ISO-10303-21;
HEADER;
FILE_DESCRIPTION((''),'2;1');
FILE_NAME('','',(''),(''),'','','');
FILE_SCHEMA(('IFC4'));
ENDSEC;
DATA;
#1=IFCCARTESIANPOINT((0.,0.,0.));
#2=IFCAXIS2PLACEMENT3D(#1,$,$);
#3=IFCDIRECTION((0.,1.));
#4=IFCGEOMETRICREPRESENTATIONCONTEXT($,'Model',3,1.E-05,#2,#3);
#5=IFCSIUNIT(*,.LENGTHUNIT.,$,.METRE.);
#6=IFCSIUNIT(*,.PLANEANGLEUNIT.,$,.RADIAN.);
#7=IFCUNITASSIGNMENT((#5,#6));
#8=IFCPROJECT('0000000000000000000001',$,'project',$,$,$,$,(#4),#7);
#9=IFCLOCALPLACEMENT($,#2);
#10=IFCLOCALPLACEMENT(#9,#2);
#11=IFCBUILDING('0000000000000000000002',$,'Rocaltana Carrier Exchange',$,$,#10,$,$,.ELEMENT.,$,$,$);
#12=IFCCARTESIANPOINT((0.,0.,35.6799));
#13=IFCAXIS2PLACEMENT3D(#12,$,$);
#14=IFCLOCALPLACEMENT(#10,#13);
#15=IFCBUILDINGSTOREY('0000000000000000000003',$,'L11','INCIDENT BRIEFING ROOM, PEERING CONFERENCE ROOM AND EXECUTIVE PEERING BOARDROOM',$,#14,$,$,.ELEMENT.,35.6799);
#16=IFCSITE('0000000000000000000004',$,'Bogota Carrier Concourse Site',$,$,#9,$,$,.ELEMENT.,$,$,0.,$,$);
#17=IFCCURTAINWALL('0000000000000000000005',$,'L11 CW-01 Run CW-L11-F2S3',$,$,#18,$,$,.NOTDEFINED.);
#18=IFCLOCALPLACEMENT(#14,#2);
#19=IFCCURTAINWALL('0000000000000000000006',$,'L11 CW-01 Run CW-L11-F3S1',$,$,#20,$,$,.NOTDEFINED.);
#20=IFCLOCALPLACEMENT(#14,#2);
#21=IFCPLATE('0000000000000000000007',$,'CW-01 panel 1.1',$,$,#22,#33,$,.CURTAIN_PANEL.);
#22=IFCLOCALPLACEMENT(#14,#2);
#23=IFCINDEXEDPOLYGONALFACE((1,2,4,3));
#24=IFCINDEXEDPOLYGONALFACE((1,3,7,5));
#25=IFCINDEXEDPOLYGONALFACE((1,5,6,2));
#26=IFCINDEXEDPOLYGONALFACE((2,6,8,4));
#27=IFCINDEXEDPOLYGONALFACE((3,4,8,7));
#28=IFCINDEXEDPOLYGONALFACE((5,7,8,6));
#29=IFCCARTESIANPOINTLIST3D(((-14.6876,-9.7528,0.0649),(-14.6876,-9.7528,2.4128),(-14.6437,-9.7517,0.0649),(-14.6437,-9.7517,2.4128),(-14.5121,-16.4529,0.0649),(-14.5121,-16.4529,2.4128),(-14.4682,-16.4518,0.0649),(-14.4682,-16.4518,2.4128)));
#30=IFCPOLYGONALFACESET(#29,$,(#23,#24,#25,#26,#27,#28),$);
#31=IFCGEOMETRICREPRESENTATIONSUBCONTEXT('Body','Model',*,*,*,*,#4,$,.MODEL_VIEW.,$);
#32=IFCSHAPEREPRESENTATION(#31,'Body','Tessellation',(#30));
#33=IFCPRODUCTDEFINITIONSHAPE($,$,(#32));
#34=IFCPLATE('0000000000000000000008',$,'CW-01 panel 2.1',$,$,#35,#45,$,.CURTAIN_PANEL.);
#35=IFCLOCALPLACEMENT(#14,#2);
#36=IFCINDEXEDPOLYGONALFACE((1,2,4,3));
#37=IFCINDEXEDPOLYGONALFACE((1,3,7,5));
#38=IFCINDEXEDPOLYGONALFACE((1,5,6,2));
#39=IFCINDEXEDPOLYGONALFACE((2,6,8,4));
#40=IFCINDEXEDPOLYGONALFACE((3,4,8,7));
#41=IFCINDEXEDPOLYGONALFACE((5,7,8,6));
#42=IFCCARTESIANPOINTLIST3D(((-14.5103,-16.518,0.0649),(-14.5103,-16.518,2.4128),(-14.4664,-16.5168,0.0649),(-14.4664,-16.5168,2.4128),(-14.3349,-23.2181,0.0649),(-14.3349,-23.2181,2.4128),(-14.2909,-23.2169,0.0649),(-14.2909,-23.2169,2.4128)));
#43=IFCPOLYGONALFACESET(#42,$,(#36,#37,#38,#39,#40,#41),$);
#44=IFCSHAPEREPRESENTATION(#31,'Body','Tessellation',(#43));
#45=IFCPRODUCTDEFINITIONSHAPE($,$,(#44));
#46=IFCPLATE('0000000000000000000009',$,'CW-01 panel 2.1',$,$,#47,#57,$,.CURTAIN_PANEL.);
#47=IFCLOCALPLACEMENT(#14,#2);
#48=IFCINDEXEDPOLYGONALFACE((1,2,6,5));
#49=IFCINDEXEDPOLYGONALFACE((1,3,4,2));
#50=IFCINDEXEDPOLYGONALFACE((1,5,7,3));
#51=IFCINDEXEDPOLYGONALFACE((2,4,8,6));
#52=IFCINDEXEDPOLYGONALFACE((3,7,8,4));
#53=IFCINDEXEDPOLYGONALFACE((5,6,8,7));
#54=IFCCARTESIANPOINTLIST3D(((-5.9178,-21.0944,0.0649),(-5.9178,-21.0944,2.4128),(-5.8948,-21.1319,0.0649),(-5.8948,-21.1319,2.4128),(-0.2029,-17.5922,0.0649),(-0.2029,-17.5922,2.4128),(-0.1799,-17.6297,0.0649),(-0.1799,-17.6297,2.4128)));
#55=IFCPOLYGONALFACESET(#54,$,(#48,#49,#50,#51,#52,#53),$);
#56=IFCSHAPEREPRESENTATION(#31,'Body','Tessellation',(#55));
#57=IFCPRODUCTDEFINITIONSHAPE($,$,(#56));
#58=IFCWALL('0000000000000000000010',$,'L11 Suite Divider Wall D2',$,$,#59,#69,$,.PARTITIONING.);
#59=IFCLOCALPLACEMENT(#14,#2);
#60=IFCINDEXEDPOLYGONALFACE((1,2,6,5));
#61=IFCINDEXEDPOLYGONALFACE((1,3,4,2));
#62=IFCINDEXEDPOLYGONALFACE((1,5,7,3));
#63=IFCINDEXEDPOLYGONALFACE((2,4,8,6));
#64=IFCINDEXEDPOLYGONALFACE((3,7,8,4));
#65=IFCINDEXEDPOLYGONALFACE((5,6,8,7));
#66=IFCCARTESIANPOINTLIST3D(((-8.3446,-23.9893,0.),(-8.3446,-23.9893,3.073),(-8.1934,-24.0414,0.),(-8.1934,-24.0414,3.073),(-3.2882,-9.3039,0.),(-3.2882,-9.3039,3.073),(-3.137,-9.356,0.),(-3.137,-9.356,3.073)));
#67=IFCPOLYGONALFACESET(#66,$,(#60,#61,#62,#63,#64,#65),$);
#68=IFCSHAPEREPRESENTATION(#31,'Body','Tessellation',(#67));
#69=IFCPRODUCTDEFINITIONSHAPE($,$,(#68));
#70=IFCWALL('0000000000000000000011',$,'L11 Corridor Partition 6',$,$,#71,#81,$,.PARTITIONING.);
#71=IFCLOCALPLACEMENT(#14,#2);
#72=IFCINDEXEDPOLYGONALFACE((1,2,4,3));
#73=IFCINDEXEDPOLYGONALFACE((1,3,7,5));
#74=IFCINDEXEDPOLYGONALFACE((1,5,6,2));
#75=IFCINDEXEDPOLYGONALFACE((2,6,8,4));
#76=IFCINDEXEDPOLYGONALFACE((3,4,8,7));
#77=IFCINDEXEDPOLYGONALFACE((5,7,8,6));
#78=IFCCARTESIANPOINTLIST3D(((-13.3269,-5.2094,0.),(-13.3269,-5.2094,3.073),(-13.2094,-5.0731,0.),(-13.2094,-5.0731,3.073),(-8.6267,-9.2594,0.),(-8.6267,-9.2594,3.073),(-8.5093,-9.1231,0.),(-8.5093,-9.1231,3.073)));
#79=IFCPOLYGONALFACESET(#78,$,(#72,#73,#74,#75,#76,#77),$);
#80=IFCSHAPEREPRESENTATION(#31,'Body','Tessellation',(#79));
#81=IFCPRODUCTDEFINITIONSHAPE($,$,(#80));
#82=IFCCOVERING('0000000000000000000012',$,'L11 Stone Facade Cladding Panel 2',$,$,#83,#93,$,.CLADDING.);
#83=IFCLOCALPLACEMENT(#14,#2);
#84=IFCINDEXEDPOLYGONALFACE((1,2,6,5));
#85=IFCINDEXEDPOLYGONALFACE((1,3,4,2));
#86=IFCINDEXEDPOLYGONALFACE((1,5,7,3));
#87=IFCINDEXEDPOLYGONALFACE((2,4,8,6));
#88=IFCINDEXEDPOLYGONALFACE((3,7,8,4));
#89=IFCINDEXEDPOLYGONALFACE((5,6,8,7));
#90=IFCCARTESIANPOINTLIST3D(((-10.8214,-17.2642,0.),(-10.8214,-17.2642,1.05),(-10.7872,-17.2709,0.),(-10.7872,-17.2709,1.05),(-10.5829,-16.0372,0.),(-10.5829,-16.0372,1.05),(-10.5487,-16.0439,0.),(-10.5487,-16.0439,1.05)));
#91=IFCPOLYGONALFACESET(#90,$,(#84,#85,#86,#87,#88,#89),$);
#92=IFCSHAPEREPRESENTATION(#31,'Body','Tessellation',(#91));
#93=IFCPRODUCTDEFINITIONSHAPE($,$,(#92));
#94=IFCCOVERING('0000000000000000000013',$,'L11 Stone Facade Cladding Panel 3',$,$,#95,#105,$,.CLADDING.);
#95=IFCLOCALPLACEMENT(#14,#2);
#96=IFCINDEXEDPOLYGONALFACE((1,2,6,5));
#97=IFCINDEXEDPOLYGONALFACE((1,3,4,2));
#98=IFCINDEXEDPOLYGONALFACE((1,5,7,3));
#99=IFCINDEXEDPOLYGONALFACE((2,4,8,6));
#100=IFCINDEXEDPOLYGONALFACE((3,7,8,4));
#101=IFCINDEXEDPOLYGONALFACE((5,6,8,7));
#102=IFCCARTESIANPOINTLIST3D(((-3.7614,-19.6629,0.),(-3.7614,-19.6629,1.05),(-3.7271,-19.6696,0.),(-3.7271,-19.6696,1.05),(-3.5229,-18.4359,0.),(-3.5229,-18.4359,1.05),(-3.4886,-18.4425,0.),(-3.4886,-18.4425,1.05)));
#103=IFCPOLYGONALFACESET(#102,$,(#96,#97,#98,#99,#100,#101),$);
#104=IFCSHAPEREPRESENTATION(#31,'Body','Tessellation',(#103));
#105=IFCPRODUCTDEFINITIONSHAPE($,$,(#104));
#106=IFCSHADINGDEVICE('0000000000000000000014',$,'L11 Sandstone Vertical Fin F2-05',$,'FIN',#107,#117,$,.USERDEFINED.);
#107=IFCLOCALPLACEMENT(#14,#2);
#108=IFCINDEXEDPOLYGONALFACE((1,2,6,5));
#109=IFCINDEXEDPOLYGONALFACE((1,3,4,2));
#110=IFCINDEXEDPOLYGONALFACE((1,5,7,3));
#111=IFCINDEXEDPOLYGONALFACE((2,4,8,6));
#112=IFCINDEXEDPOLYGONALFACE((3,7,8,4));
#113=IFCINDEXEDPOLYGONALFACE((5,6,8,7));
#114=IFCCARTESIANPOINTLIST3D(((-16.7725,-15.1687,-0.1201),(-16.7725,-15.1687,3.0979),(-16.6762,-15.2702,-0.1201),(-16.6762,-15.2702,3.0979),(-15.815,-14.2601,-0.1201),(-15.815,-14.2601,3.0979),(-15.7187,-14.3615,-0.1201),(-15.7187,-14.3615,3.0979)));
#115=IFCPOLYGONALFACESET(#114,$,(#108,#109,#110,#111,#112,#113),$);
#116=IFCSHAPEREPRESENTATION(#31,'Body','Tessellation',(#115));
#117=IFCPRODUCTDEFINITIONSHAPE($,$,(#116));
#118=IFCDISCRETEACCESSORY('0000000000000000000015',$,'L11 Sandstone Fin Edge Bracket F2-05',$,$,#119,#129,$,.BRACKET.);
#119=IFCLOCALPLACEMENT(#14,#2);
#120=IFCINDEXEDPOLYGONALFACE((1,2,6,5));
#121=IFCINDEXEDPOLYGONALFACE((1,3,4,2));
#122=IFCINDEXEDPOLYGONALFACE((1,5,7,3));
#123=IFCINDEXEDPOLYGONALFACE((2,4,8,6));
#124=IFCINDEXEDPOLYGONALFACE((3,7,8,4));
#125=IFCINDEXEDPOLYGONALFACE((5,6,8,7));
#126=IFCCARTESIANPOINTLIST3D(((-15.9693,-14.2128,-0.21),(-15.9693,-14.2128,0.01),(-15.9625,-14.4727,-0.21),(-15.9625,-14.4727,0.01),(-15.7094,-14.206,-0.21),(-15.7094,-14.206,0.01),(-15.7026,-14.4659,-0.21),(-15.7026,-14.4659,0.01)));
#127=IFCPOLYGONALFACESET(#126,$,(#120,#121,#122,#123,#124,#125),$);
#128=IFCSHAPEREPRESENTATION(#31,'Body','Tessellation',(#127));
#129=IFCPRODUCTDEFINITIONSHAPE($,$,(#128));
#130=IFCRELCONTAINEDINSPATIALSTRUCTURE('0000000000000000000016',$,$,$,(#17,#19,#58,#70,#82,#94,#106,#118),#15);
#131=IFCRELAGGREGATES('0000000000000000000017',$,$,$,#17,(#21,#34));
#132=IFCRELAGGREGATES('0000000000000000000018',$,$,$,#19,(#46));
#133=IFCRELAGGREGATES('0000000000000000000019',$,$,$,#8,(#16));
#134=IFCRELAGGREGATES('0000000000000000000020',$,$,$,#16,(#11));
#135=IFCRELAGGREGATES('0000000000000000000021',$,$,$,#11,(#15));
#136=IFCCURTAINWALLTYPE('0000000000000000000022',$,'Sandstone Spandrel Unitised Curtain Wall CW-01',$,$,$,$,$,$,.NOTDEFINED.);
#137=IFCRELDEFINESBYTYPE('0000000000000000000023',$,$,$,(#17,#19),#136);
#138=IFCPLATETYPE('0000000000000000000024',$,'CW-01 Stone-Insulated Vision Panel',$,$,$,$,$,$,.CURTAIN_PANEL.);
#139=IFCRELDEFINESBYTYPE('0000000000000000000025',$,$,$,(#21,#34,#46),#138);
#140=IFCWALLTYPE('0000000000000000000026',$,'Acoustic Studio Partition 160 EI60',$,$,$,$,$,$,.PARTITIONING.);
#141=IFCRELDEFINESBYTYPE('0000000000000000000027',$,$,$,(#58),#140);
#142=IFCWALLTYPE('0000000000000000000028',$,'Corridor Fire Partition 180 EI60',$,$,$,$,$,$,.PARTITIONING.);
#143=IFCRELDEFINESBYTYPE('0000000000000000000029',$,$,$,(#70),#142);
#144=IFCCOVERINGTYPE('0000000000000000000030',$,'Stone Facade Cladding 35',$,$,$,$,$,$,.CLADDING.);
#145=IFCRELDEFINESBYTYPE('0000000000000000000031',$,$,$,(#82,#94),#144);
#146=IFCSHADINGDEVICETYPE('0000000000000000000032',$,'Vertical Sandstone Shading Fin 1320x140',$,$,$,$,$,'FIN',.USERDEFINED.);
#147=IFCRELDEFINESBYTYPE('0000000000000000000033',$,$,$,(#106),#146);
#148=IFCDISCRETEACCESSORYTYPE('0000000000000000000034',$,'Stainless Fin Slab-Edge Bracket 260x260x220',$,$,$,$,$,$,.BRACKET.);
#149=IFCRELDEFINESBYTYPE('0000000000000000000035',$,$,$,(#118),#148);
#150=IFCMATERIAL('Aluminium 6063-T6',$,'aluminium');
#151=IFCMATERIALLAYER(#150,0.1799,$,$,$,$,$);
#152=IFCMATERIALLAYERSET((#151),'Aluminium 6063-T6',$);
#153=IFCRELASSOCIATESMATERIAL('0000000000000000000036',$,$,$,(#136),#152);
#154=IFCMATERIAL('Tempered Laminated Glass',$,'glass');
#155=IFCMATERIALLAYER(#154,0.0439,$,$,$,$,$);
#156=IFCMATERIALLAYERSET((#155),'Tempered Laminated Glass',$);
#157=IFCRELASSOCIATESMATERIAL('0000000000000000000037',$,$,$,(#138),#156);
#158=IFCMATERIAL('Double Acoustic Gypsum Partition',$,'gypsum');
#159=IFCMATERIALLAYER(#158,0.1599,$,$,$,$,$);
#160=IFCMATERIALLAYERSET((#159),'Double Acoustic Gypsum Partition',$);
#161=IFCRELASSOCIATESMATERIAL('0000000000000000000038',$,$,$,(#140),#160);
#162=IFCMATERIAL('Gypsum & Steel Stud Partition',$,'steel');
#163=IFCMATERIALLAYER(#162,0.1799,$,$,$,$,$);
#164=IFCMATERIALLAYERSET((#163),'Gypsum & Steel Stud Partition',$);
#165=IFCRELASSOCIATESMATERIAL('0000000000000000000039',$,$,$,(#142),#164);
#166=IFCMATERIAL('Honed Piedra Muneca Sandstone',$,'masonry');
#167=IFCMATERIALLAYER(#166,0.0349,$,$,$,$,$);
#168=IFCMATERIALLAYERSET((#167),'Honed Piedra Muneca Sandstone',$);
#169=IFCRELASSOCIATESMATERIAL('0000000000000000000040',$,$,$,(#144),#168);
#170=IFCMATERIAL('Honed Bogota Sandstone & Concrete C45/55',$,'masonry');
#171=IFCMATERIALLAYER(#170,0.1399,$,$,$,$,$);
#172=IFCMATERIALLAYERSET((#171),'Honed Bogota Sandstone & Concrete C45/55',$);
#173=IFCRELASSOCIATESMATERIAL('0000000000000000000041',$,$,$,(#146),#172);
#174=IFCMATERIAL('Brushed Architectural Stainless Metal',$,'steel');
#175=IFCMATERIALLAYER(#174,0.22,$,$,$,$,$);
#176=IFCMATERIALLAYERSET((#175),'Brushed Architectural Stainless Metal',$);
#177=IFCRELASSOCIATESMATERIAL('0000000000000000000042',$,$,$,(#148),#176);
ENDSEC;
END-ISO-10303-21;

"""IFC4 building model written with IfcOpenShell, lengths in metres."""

from ifc_helpers import new_model, si_unit, direction, frame, frame_2d, origin, origin_2d, place, context, subcontext, project, spatial, rectangle, extrude, material, layer, layer_set, type_object, element, aggregate, save


model = new_model("IFC4")

# Units and contexts
model_context = context("Model", 3, precision=1e-05, world=origin(), true_north=direction((0.0, 1.0)))
body_context = subcontext(model_context, "Body", "Model", "MODEL_VIEW")
ifc_project = project(units=[si_unit("LENGTHUNIT", "METRE"), si_unit("PLANEANGLEUNIT", "RADIAN")], contexts=[model_context])

# Site, building, storey
site_placement = place(None, origin())
site = spatial("IfcSite", under=ifc_project, at=site_placement, Name="Bogota Carrier Concourse Site", CompositionType="ELEMENT", RefElevation=0.0)
building_placement = place(site_placement, origin())
building = spatial("IfcBuilding", under=site, at=building_placement, Name="Rocaltana Carrier Exchange", CompositionType="ELEMENT")
storey_placement = place(building_placement, frame((0.0, 0.0, 35.6799)))
storey = spatial("IfcBuildingStorey", under=building, at=storey_placement, Name="L11", Description="INCIDENT BRIEFING ROOM, PEERING CONFERENCE ROOM AND EXECUTIVE PEERING BOARDROOM", CompositionType="ELEMENT", Elevation=35.6799)

# Curtain wall
ifc_material_1 = material(Name="Aluminium 6063-T6", Category="aluminium")
ifc_layer_1 = layer(ifc_material_1, 0.1799)
ifc_layer_set_1 = layer_set([ifc_layer_1], Name="Aluminium 6063-T6")
curtain_wall_type = type_object("IfcCurtainWallType", Name="Sandstone Spandrel Unitised Curtain Wall CW-01", PredefinedType="NOTDEFINED", material=ifc_layer_set_1)
curtain_wall_1_placement = place(storey_placement, origin())
curtain_wall_1 = element("IfcCurtainWall", 1, at=curtain_wall_1_placement, inside=storey, type_object=curtain_wall_type, Name="L11 CW-01 Run CW-L11-F2S3", PredefinedType="NOTDEFINED")

# Curtain wall
curtain_wall_2_placement = place(storey_placement, origin())
curtain_wall_2 = element("IfcCurtainWall", 2, at=curtain_wall_2_placement, inside=storey, type_object=curtain_wall_type, Name="L11 CW-01 Run CW-L11-F3S1", PredefinedType="NOTDEFINED")

# Plates
ifc_material_2 = material(Name="Tempered Laminated Glass", Category="glass")
ifc_layer_2 = layer(ifc_material_2, 0.0439)
ifc_layer_set_2 = layer_set([ifc_layer_2], Name="Tempered Laminated Glass")
plate_type = type_object("IfcPlateType", Name="CW-01 Stone-Insulated Vision Panel", PredefinedType="CURTAIN_PANEL", material=ifc_layer_set_2)
plate_1_placement = place(storey_placement, frame((-14.5779, -13.1023, 0.0649), z_axis=(0.0, 0.0, 1.0), x_axis=(0.026184, -0.999657, 0.0)))
plate_1 = element("IfcPlate", 3, at=plate_1_placement, type_object=plate_type, Name="CW-01 panel 1.1", PredefinedType="CURTAIN_PANEL", context=body_context, shape_type="SweptSolid", body=[
    extrude(rectangle(XDim=6.7024, YDim=0.0439, at=origin_2d()), origin(), (0.0, 0.0, 1.0), 2.3479),
])
plate_2_placement = place(storey_placement, frame((-14.4006, -19.8674, 0.0649), z_axis=(0.0, 0.0, 1.0), x_axis=(0.026184, -0.999657, 0.0)))
plate_2 = element("IfcPlate", 4, at=plate_2_placement, type_object=plate_type, Name="CW-01 panel 2.1", PredefinedType="CURTAIN_PANEL", context=body_context, shape_type="SweptSolid", body=[
    extrude(rectangle(XDim=6.7024, YDim=0.0439, at=origin_2d()), origin(), (0.0, 0.0, 1.0), 2.3479),
])
aggregate(curtain_wall_1, [plate_1, plate_2])
plate_3_placement = place(storey_placement, frame((-3.0488, -19.3621, 0.0649), z_axis=(0.0, 0.0, 1.0), x_axis=(0.852636, 0.522505, 0.0)))
plate_3 = element("IfcPlate", 5, at=plate_3_placement, type_object=plate_type, Name="CW-01 panel 2.1", PredefinedType="CURTAIN_PANEL", context=body_context, shape_type="SweptSolid", body=[
    extrude(rectangle(XDim=6.7026, YDim=0.0439, at=origin_2d()), origin(), (0.0, 0.0, 1.0), 2.3479),
])
aggregate(curtain_wall_2, [plate_3])

# Walls
ifc_material_3 = material(Name="Double Acoustic Gypsum Partition", Category="gypsum")
ifc_layer_3 = layer(ifc_material_3, 0.1599)
ifc_layer_set_3 = layer_set([ifc_layer_3], Name="Double Acoustic Gypsum Partition")
wall_type_1 = type_object("IfcWallType", Name="Acoustic Studio Partition 160 EI60", PredefinedType="PARTITIONING", material=ifc_layer_set_3)
wall_1_placement = place(storey_placement, frame((-3.2126, -9.3301, 0.0), z_axis=(0.0, 0.0, 1.0), x_axis=(-0.325559, -0.945522, 0.0)))
element("IfcWall", 6, at=wall_1_placement, inside=storey, type_object=wall_type_1, Name="L11 Suite Divider Wall D2", PredefinedType="PARTITIONING", context=body_context, shape_type="SweptSolid", body=[
    extrude(rectangle(XDim=15.5315, YDim=0.1599, at=frame_2d((7.7656, 0.0))), origin(), (0.0, 0.0, 1.0), 3.073),
])
ifc_material_4 = material(Name="Gypsum & Steel Stud Partition", Category="steel")
ifc_layer_4 = layer(ifc_material_4, 0.1799)
ifc_layer_set_4 = layer_set([ifc_layer_4], Name="Gypsum & Steel Stud Partition")
wall_type_2 = type_object("IfcWallType", Name="Corridor Fire Partition 180 EI60", PredefinedType="PARTITIONING", material=ifc_layer_set_4)
wall_2_placement = place(storey_placement, frame((-8.5681, -9.1912, 0.0), z_axis=(0.0, 0.0, 1.0), x_axis=(-0.757557, 0.652769, 0.0)))
element("IfcWall", 7, at=wall_2_placement, inside=storey, type_object=wall_type_2, Name="L11 Corridor Partition 6", PredefinedType="PARTITIONING", context=body_context, shape_type="SweptSolid", body=[
    extrude(rectangle(XDim=6.2043, YDim=0.1799, at=frame_2d((3.1021, 0.0))), origin(), (0.0, 0.0, 1.0), 3.073),
])

# Coverings
ifc_material_5 = material(Name="Honed Piedra Muneca Sandstone", Category="masonry")
ifc_layer_5 = layer(ifc_material_5, 0.0349)
ifc_layer_set_5 = layer_set([ifc_layer_5], Name="Honed Piedra Muneca Sandstone")
covering_type = type_object("IfcCoveringType", Name="Stone Facade Cladding 35", PredefinedType="CLADDING", material=ifc_layer_set_5)
for number, where, z_axis, x_axis, name in (
    (8, (-10.6851, -16.6541, 0.0), (0.0, 0.0, 1.0), (0.190809, 0.981627, 0.0), "L11 Stone Facade Cladding Panel 2"),
    (9, (-3.625, -19.0527, 0.0), (0.0, 0.0, 1.0), (0.190809, 0.981627, 0.0), "L11 Stone Facade Cladding Panel 3"),
):
    element("IfcCovering", number, at=place(storey_placement, frame(where, z_axis=z_axis, x_axis=x_axis)), inside=storey, type_object=covering_type, Name=name, PredefinedType="CLADDING", context=body_context, shape_type="SweptSolid", body=[
        extrude(rectangle(XDim=1.25, YDim=0.0349, at=origin_2d()), origin(), (0.0, 0.0, 1.0), 1.05),
    ])

# Shading device
ifc_material_6 = material(Name="Honed Bogota Sandstone & Concrete C45/55", Category="masonry")
ifc_layer_6 = layer(ifc_material_6, 0.1399)
ifc_layer_set_6 = layer_set([ifc_layer_6], Name="Honed Bogota Sandstone & Concrete C45/55")
shading_device_type = type_object("IfcShadingDeviceType", Name="Vertical Sandstone Shading Fin 1320x140", ElementType="FIN", PredefinedType="USERDEFINED", material=ifc_layer_set_6)
shading_device_placement = place(storey_placement, frame((-16.2456, -14.7651, -0.1201), z_axis=(0.0, 0.0, 1.0), x_axis=(-0.725374, -0.688355, 0.0)))
element("IfcShadingDevice", 10, at=shading_device_placement, inside=storey, type_object=shading_device_type, Name="L11 Sandstone Vertical Fin F2-05", ObjectType="FIN", PredefinedType="USERDEFINED", context=body_context, shape_type="SweptSolid", body=[
    extrude(rectangle(XDim=1.3201, YDim=0.1399, at=origin_2d()), origin(), (0.0, 0.0, 1.0), 3.218),
])

# Discrete accessory
ifc_material_7 = material(Name="Brushed Architectural Stainless Metal", Category="steel")
ifc_layer_7 = layer(ifc_material_7, 0.22)
ifc_layer_set_7 = layer_set([ifc_layer_7], Name="Brushed Architectural Stainless Metal")
discrete_accessory_type = type_object("IfcDiscreteAccessoryType", Name="Stainless Fin Slab-Edge Bracket 260x260x220", PredefinedType="BRACKET", material=ifc_layer_set_7)
discrete_accessory_placement = place(storey_placement, frame((-15.8359, -14.3394, -0.21), z_axis=(0.0, 0.0, 1.0), x_axis=(0.026177, -0.999657, 0.0)))
element("IfcDiscreteAccessory", 11, at=discrete_accessory_placement, inside=storey, type_object=discrete_accessory_type, Name="L11 Sandstone Fin Edge Bracket F2-05", PredefinedType="BRACKET", context=body_context, shape_type="SweptSolid", body=[
    extrude(rectangle(XDim=0.26, YDim=0.26, at=origin_2d()), origin(), (0.0, 0.0, 1.0), 0.22),
])

save(model, "model.ifc")
